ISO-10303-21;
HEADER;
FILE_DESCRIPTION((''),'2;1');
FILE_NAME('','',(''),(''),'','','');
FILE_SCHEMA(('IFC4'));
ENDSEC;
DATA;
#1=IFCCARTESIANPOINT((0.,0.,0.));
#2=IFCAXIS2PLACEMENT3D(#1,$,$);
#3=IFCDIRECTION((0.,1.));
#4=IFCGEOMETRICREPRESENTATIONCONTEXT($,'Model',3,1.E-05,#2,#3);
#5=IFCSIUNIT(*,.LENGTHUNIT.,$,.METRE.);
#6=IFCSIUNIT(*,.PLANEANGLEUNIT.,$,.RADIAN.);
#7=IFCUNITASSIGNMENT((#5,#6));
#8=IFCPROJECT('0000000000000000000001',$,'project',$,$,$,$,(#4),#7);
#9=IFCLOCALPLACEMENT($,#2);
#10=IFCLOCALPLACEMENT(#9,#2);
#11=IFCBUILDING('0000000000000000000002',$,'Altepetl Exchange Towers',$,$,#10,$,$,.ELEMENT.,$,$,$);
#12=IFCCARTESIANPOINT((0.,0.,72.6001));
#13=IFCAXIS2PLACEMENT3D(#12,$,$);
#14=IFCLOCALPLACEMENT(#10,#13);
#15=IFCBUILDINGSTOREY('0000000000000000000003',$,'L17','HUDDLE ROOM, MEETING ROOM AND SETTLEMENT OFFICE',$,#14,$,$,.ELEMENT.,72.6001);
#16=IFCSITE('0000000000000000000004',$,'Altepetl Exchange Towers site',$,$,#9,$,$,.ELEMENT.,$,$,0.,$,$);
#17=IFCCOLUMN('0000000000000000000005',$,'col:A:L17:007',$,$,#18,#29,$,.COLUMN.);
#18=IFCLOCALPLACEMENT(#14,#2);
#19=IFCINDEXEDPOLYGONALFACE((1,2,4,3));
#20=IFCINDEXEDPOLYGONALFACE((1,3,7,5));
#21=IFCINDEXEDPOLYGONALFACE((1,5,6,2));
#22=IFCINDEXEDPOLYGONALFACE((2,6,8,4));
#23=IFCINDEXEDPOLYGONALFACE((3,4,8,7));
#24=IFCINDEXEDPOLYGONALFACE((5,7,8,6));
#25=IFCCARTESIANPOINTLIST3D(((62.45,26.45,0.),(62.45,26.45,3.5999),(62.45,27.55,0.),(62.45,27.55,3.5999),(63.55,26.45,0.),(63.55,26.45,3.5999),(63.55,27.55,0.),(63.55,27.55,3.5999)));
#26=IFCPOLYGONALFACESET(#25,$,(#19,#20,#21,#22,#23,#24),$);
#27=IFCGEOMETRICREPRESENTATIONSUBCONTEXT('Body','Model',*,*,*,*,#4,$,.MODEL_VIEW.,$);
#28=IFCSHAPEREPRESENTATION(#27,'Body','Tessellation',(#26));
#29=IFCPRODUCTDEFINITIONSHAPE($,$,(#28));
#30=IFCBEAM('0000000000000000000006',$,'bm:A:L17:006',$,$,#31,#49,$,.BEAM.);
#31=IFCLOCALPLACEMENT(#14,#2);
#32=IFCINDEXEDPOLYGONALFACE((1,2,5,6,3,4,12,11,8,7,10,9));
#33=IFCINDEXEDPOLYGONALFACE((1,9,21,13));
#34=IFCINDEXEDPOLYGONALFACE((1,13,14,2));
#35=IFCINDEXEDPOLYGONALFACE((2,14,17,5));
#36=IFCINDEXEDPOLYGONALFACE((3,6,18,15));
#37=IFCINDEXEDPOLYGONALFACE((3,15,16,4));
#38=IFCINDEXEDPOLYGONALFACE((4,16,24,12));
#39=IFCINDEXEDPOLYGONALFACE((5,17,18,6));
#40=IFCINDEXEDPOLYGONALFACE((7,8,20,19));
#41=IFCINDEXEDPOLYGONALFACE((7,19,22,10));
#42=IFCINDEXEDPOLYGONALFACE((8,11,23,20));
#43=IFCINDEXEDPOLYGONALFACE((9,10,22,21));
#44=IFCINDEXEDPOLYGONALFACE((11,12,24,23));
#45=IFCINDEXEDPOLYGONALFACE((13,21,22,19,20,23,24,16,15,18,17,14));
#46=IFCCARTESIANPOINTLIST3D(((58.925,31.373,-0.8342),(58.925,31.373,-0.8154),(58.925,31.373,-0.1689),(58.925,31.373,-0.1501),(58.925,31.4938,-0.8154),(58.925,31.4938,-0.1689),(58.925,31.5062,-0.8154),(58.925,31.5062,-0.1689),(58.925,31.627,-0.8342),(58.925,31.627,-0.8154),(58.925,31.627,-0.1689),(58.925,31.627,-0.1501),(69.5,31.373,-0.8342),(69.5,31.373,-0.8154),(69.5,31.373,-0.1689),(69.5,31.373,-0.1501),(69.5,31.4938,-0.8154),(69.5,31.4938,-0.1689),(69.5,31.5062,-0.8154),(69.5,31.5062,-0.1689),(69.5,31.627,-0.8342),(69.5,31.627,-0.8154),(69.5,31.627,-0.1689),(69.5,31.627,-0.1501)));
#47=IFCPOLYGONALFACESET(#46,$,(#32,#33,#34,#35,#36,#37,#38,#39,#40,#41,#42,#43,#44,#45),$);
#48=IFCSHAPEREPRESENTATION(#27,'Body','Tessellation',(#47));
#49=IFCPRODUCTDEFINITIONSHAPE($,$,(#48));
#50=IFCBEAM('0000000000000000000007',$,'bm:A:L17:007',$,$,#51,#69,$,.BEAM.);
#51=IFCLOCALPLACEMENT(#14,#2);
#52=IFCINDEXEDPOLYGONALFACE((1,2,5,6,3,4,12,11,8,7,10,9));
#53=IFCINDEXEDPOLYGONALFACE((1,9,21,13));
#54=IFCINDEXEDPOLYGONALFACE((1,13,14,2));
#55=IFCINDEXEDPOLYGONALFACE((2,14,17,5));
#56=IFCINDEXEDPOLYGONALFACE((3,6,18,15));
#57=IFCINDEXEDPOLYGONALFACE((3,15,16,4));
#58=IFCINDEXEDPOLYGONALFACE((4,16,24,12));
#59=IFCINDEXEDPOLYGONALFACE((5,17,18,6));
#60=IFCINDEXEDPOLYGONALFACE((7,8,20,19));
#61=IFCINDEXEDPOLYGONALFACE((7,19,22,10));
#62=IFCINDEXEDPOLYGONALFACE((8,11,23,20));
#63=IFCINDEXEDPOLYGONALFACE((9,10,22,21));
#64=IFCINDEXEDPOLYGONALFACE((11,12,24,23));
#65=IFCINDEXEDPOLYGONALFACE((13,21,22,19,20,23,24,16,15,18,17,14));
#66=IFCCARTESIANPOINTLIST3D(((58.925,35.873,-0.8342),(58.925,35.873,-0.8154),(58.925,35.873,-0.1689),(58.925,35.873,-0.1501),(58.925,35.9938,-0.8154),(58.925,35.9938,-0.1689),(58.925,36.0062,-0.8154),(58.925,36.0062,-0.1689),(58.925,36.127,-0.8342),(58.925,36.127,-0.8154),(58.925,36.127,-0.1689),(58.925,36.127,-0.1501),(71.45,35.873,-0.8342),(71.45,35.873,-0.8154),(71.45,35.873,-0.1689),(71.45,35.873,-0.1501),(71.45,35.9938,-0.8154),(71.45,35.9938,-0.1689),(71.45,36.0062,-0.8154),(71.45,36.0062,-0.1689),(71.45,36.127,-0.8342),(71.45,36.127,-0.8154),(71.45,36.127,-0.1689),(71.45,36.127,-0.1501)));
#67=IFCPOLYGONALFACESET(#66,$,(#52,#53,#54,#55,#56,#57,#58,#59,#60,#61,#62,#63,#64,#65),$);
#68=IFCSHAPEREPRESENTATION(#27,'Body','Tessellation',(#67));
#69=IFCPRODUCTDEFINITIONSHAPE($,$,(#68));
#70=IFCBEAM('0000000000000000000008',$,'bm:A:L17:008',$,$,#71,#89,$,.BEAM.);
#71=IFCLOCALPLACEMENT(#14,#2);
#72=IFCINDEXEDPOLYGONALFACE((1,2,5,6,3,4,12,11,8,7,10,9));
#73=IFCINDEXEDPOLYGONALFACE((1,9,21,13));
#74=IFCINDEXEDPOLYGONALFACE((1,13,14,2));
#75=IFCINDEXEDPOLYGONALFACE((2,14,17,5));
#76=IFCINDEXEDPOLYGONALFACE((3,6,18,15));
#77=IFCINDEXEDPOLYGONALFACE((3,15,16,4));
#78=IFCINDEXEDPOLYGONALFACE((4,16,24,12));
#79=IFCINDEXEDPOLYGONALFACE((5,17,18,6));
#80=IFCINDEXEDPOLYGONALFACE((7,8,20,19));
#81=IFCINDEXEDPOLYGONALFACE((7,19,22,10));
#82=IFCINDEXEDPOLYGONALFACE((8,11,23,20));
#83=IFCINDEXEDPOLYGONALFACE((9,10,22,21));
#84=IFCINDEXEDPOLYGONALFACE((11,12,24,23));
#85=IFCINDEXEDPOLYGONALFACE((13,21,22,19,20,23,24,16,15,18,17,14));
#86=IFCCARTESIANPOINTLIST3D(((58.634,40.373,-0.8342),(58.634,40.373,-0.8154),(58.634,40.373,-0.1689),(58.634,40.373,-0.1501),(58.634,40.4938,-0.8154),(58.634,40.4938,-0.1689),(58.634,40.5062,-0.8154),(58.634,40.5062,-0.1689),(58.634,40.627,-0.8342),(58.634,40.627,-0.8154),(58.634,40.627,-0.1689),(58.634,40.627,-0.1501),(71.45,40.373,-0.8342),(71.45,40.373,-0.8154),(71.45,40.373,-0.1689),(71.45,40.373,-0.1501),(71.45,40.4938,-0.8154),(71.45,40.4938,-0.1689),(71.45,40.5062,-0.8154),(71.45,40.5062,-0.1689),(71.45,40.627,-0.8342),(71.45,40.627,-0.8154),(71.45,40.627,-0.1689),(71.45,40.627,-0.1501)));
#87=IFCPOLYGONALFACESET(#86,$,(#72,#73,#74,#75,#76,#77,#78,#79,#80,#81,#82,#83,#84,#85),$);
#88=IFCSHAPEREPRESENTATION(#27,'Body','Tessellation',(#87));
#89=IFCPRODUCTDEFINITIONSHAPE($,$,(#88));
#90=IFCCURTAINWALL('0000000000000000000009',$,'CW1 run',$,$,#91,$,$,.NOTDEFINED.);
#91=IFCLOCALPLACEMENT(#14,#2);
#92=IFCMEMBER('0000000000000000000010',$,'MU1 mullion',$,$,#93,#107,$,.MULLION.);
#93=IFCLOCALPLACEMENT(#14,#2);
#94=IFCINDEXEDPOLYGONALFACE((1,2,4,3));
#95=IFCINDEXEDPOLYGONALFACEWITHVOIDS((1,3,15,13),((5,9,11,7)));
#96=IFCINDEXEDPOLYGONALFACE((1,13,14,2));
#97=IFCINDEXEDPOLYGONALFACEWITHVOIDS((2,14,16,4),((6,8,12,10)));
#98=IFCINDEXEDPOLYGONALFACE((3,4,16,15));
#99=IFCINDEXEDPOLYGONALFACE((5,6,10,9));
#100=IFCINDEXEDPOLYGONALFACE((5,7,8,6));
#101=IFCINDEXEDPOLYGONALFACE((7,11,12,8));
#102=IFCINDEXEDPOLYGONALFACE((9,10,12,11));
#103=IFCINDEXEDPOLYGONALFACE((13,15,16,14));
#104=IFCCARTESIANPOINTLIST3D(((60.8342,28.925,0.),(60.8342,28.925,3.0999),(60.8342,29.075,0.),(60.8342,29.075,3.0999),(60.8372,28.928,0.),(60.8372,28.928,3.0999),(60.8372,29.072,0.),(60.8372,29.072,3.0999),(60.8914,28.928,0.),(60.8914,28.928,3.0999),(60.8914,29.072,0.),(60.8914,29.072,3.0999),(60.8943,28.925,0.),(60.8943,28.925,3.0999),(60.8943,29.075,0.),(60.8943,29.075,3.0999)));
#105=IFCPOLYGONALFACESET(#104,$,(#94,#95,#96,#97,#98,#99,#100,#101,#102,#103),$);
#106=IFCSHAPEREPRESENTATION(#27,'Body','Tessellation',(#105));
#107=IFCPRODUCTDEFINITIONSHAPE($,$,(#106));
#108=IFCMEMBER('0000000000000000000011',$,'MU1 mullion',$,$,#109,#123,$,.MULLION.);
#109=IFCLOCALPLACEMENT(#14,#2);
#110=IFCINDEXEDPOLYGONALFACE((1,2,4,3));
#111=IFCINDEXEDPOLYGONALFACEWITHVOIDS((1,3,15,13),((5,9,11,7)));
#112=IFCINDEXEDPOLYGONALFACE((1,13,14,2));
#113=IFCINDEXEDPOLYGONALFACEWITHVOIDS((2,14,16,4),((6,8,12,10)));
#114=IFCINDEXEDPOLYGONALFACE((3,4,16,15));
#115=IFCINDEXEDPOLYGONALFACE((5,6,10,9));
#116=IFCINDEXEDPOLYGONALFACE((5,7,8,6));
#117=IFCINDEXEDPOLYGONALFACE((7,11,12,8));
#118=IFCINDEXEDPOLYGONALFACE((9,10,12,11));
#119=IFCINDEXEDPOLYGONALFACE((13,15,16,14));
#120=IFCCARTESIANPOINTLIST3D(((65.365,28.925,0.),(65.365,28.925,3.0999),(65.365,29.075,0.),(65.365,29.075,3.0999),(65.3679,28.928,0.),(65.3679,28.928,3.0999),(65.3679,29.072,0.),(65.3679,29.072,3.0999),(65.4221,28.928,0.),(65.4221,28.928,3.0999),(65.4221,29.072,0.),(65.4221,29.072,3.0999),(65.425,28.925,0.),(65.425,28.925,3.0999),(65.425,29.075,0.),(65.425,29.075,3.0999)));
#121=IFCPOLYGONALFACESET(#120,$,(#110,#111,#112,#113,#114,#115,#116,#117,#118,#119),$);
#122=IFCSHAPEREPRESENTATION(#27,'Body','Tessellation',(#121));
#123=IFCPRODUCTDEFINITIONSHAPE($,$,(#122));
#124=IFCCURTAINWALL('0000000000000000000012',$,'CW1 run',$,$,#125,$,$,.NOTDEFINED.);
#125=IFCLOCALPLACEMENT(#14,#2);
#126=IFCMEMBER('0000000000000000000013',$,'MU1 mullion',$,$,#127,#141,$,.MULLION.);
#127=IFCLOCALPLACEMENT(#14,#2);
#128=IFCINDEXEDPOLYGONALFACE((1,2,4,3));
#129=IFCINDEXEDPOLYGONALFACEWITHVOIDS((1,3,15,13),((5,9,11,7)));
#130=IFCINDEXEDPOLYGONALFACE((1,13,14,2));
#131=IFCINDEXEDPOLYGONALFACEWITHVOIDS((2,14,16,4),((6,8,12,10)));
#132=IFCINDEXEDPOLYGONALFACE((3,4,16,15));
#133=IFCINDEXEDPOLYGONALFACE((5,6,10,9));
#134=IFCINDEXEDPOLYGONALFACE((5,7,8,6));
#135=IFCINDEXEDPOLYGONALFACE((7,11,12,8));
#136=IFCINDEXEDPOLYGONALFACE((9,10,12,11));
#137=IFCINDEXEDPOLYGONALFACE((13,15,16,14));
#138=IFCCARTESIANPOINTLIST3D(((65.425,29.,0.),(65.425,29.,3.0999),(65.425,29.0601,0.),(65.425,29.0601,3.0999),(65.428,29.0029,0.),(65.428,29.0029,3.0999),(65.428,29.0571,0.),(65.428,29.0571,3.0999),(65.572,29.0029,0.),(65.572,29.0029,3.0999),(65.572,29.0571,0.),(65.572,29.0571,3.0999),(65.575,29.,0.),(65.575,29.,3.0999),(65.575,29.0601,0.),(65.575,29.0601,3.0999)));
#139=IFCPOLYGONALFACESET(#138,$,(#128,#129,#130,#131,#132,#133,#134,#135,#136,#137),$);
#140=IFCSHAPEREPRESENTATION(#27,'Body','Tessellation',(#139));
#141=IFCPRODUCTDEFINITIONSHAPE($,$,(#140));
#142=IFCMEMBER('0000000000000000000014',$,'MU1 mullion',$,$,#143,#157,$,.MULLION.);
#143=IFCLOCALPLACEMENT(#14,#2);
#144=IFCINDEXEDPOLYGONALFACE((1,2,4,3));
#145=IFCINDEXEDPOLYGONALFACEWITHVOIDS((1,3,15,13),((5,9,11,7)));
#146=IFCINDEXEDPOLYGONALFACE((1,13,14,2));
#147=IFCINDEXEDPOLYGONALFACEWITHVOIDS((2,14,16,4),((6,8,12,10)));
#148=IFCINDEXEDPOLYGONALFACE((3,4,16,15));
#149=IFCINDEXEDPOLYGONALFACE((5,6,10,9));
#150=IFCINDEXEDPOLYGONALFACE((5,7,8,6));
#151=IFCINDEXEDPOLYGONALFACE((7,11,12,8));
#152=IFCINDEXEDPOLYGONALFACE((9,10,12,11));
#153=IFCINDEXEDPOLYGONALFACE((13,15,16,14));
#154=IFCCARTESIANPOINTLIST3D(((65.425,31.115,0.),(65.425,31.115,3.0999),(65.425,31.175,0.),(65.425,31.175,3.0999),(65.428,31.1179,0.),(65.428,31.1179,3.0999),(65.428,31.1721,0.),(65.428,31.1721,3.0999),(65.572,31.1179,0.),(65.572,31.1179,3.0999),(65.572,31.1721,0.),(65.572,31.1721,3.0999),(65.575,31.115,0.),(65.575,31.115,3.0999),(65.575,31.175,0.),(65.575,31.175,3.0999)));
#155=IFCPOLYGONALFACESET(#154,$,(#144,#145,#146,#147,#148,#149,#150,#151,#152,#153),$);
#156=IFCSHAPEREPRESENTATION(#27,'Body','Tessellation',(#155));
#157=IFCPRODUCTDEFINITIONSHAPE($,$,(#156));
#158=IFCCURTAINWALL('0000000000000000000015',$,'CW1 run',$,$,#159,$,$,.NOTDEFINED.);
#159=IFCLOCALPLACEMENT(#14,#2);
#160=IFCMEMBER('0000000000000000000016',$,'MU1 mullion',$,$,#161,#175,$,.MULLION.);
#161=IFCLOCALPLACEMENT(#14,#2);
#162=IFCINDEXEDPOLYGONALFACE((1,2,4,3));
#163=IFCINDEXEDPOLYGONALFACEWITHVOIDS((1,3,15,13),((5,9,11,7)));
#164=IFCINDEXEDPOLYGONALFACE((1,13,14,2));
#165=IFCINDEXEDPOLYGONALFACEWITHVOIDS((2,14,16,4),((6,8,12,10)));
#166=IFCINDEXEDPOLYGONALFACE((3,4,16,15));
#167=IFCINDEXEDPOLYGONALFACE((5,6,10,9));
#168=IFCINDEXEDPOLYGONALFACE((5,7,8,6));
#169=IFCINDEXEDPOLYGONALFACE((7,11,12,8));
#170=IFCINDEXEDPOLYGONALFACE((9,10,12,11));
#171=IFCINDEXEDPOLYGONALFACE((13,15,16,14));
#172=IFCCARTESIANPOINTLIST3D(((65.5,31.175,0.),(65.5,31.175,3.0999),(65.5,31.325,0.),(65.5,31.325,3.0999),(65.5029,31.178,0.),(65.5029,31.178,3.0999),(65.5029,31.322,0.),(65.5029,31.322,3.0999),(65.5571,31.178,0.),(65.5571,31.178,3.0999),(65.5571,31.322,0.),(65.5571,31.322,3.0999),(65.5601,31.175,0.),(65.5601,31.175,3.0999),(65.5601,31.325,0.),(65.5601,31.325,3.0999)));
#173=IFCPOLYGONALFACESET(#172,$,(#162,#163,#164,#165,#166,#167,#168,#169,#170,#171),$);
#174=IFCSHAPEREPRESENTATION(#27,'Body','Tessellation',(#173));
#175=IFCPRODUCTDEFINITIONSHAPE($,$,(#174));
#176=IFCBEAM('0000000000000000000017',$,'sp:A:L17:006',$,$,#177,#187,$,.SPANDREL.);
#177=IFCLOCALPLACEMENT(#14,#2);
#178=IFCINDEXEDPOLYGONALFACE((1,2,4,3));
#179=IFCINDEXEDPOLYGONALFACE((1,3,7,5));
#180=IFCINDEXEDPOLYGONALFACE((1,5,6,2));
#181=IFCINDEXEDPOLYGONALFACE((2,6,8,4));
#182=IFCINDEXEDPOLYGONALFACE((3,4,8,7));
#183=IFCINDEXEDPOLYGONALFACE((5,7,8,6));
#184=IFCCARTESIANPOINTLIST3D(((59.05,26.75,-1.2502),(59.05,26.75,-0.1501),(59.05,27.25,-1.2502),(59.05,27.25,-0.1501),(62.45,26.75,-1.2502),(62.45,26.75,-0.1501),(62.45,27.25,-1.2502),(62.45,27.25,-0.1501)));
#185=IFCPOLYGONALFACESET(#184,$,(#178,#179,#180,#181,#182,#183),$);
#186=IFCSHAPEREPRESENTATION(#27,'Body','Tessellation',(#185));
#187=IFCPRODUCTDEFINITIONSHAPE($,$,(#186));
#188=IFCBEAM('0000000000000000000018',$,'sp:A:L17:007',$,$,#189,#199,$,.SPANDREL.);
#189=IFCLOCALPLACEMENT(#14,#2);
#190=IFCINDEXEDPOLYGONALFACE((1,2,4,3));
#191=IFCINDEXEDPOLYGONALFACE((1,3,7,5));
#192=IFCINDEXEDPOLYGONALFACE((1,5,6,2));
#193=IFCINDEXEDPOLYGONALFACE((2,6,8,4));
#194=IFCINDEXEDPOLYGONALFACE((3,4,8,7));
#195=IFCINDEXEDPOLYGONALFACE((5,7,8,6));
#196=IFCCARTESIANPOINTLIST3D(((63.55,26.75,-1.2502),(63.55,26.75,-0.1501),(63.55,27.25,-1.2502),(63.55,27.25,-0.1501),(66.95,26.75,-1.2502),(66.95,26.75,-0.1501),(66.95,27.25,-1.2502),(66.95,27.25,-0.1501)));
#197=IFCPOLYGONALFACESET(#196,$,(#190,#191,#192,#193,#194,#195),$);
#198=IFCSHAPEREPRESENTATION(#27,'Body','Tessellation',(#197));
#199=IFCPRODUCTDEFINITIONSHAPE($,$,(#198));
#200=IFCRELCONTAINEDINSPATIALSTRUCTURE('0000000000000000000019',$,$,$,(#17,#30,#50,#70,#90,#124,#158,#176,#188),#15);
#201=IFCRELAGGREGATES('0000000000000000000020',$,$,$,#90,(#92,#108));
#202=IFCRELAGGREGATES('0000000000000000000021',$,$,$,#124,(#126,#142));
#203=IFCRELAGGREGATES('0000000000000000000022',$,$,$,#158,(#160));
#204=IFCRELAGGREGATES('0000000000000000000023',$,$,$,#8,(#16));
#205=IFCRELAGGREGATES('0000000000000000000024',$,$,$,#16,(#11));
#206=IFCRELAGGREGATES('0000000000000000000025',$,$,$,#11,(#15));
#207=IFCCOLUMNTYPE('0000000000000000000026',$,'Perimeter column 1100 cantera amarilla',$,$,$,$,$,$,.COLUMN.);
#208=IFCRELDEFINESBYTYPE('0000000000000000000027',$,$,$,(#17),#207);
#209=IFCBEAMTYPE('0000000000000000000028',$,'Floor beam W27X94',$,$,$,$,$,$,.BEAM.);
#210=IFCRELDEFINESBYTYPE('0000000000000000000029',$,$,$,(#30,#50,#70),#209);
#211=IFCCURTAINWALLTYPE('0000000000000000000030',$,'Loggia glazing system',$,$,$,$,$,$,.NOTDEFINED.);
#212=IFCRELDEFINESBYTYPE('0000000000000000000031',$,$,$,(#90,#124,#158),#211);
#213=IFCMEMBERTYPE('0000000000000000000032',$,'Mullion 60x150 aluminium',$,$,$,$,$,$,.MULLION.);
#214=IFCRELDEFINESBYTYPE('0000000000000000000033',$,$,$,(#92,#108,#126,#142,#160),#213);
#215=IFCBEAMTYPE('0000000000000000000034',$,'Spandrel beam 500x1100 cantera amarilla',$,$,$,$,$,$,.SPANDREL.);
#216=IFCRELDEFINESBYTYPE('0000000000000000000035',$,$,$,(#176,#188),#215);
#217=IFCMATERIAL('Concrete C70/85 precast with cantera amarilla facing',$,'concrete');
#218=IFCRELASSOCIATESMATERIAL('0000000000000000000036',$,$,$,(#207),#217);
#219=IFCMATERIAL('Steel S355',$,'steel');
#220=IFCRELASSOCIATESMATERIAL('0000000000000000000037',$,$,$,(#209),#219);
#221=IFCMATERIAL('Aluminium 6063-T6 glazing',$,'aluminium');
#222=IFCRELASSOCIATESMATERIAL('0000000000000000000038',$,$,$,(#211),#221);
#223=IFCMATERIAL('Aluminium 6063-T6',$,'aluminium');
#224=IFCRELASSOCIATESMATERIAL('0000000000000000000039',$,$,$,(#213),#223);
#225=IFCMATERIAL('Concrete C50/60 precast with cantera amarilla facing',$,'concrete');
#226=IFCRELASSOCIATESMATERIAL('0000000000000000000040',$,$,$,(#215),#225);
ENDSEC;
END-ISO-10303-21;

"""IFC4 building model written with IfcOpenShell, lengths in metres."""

from ifc_helpers import new_model, si_unit, direction, frame, origin, origin_2d, place, context, subcontext, project, spatial, rectangle, hollow_rectangle, i_section, extrude, material, material_profile, profile_set, type_object, element, aggregate, save


model = new_model("IFC4")

# Units and contexts
model_context = context("Model", 3, precision=1e-05, world=origin(), true_north=direction((0.0, 1.0)))
body_context = subcontext(model_context, "Body", "Model", "MODEL_VIEW")
ifc_project = project(units=[si_unit("LENGTHUNIT", "METRE"), si_unit("PLANEANGLEUNIT", "RADIAN")], contexts=[model_context])

# Site, building, storey
site_placement = place(None, origin())
site = spatial("IfcSite", under=ifc_project, at=site_placement, Name="Altepetl Exchange Towers site", CompositionType="ELEMENT", RefElevation=0.0)
building_placement = place(site_placement, origin())
building = spatial("IfcBuilding", under=site, at=building_placement, Name="Altepetl Exchange Towers", CompositionType="ELEMENT")
storey_placement = place(building_placement, frame((0.0, 0.0, 72.6001)))
storey = spatial("IfcBuildingStorey", under=building, at=storey_placement, Name="L17", Description="HUDDLE ROOM, MEETING ROOM AND SETTLEMENT OFFICE", CompositionType="ELEMENT", Elevation=72.6001)

# Column
ifc_material_1 = material(Name="Concrete C70/85 precast with cantera amarilla facing", Category="concrete")
ifc_material_profile_1 = material_profile(ifc_material_1, rectangle(XDim=1.1001, YDim=1.1001, at=origin_2d()), Name="1100 x 1100")
ifc_profile_set_1 = profile_set([ifc_material_profile_1], Name="Concrete C70/85 precast with cantera amarilla facing")
column_type = type_object("IfcColumnType", Name="Perimeter column 1100 cantera amarilla", PredefinedType="COLUMN", material=ifc_profile_set_1)
column_placement = place(storey_placement, frame((63.0, 27.0, 0.0)))
element("IfcColumn", 1, at=column_placement, inside=storey, type_object=column_type, Name="col:A:L17:007", PredefinedType="COLUMN", context=body_context, shape_type="SweptSolid", body=[
    extrude(rectangle(XDim=1.1001, YDim=1.1001, at=origin_2d()), origin(), (0.0, 0.0, 1.0), 3.5999),
])

# Beams
ifc_material_2 = material(Name="Steel S355", Category="steel")
ifc_material_profile_2 = material_profile(ifc_material_2, i_section(OverallWidth=0.2539, OverallDepth=0.6841, WebThickness=0.0125, FlangeThickness=0.0188, at=origin_2d()), Name="W27X94")
ifc_profile_set_2 = profile_set([ifc_material_profile_2], Name="Steel S355")
beam_type_1 = type_object("IfcBeamType", Name="Floor beam W27X94", PredefinedType="BEAM", material=ifc_profile_set_2)
beam_1_placement = place(storey_placement, frame((58.925, 31.5, -0.4922), z_axis=(1.0, 0.0, 0.0), x_axis=(0.0, 1.0, 0.0)))
element("IfcBeam", 2, at=beam_1_placement, inside=storey, type_object=beam_type_1, Name="bm:A:L17:006", PredefinedType="BEAM", context=body_context, shape_type="SweptSolid", body=[
    extrude(i_section(OverallWidth=0.2539, OverallDepth=0.6841, WebThickness=0.0125, FlangeThickness=0.0188, at=origin_2d()), origin(), (0.0, 0.0, 1.0), 10.575),
])
beam_2_placement = place(storey_placement, frame((58.925, 36.0, -0.4922), z_axis=(1.0, 0.0, 0.0), x_axis=(0.0, 1.0, 0.0)))
element("IfcBeam", 3, at=beam_2_placement, inside=storey, type_object=beam_type_1, Name="bm:A:L17:007", PredefinedType="BEAM", context=body_context, shape_type="SweptSolid", body=[
    extrude(i_section(OverallWidth=0.2539, OverallDepth=0.6841, WebThickness=0.0125, FlangeThickness=0.0188, at=origin_2d()), origin(), (0.0, 0.0, 1.0), 12.5249),
])
beam_3_placement = place(storey_placement, frame((58.634, 40.5, -0.4922), z_axis=(1.0, 0.0, 0.0), x_axis=(0.0, 1.0, 0.0)))
element("IfcBeam", 4, at=beam_3_placement, inside=storey, type_object=beam_type_1, Name="bm:A:L17:008", PredefinedType="BEAM", context=body_context, shape_type="SweptSolid", body=[
    extrude(i_section(OverallWidth=0.2539, OverallDepth=0.6841, WebThickness=0.0125, FlangeThickness=0.0188, at=origin_2d()), origin(), (0.0, 0.0, 1.0), 12.8159),
])

# Curtain walls, members
ifc_material_3 = material(Name="Aluminium 6063-T6 glazing", Category="aluminium")
curtain_wall_type = type_object("IfcCurtainWallType", Name="Loggia glazing system", PredefinedType="NOTDEFINED", material=ifc_material_3)
curtain_wall_1_placement = place(storey_placement, origin())
curtain_wall_1 = element("IfcCurtainWall", 5, at=curtain_wall_1_placement, inside=storey, type_object=curtain_wall_type, Name="CW1 run", PredefinedType="NOTDEFINED")
ifc_material_4 = material(Name="Aluminium 6063-T6", Category="aluminium")
ifc_material_profile_3 = material_profile(ifc_material_4, hollow_rectangle(XDim=0.0601, YDim=0.1499, WallThickness=0.0029, at=origin_2d()), Name="Mullion 60x150 aluminium")
ifc_profile_set_3 = profile_set([ifc_material_profile_3], Name="Aluminium 6063-T6")
member_type = type_object("IfcMemberType", Name="Mullion 60x150 aluminium", PredefinedType="MULLION", material=ifc_profile_set_3)
member_1_placement = place(storey_placement, frame((60.8643, 29.0, 0.0)))
member_1 = element("IfcMember", 6, at=member_1_placement, type_object=member_type, Name="MU1 mullion", PredefinedType="MULLION", context=body_context, shape_type="SweptSolid", body=[
    extrude(hollow_rectangle(XDim=0.0601, YDim=0.1499, WallThickness=0.0029, at=origin_2d()), origin(), (0.0, 0.0, 1.0), 3.0999),
])
member_2_placement = place(storey_placement, frame((65.395, 29.0, 0.0)))
member_2 = element("IfcMember", 7, at=member_2_placement, type_object=member_type, Name="MU1 mullion", PredefinedType="MULLION", context=body_context, shape_type="SweptSolid", body=[
    extrude(hollow_rectangle(XDim=0.0601, YDim=0.1499, WallThickness=0.0029, at=origin_2d()), origin(), (0.0, 0.0, 1.0), 3.0999),
])
curtain_wall_2_placement = place(storey_placement, origin())
curtain_wall_2 = element("IfcCurtainWall", 8, at=curtain_wall_2_placement, inside=storey, type_object=curtain_wall_type, Name="CW1 run", PredefinedType="NOTDEFINED")
member_3_placement = place(storey_placement, frame((65.5, 29.03, 0.0), z_axis=(0.0, 0.0, 1.0), x_axis=(0.0, 1.0, 0.0)))
member_3 = element("IfcMember", 9, at=member_3_placement, type_object=member_type, Name="MU1 mullion", PredefinedType="MULLION", context=body_context, shape_type="SweptSolid", body=[
    extrude(hollow_rectangle(XDim=0.0601, YDim=0.1499, WallThickness=0.0029, at=origin_2d()), origin(), (0.0, 0.0, 1.0), 3.0999),
])
member_4_placement = place(storey_placement, frame((65.5, 31.145, 0.0), z_axis=(0.0, 0.0, 1.0), x_axis=(0.0, 1.0, 0.0)))
member_4 = element("IfcMember", 10, at=member_4_placement, type_object=member_type, Name="MU1 mullion", PredefinedType="MULLION", context=body_context, shape_type="SweptSolid", body=[
    extrude(hollow_rectangle(XDim=0.0601, YDim=0.1499, WallThickness=0.0029, at=origin_2d()), origin(), (0.0, 0.0, 1.0), 3.0999),
])

# Curtain wall, member
curtain_wall_3_placement = place(storey_placement, origin())
curtain_wall_3 = element("IfcCurtainWall", 11, at=curtain_wall_3_placement, inside=storey, type_object=curtain_wall_type, Name="CW1 run", PredefinedType="NOTDEFINED")
member_5_placement = place(storey_placement, frame((65.53, 31.25, 0.0)))
member_5 = element("IfcMember", 12, at=member_5_placement, type_object=member_type, Name="MU1 mullion", PredefinedType="MULLION", context=body_context, shape_type="SweptSolid", body=[
    extrude(hollow_rectangle(XDim=0.0601, YDim=0.1499, WallThickness=0.0029, at=origin_2d()), origin(), (0.0, 0.0, 1.0), 3.0999),
])

# Beams
ifc_material_5 = material(Name="Concrete C50/60 precast with cantera amarilla facing", Category="concrete")
ifc_material_profile_4 = material_profile(ifc_material_5, rectangle(XDim=0.5, YDim=1.1001, at=origin_2d()), Name="500 x 1100")
ifc_profile_set_4 = profile_set([ifc_material_profile_4], Name="Concrete C50/60 precast with cantera amarilla facing")
beam_type_2 = type_object("IfcBeamType", Name="Spandrel beam 500x1100 cantera amarilla", PredefinedType="SPANDREL", material=ifc_profile_set_4)
for number, where, z_axis, x_axis, name in (
    (13, (59.05, 27.0, -0.7002), (1.0, 0.0, 0.0), (0.0, 1.0, 0.0), "sp:A:L17:006"),
    (14, (63.55, 27.0, -0.7002), (1.0, 0.0, 0.0), (0.0, 1.0, 0.0), "sp:A:L17:007"),
):
    element("IfcBeam", number, at=place(storey_placement, frame(where, z_axis=z_axis, x_axis=x_axis)), inside=storey, type_object=beam_type_2, Name=name, PredefinedType="SPANDREL", context=body_context, shape_type="SweptSolid", body=[
        extrude(rectangle(XDim=0.5, YDim=1.1001, at=origin_2d()), origin(), (0.0, 0.0, 1.0), 3.3999),
    ])

aggregate(curtain_wall_1, [member_1, member_2])
aggregate(curtain_wall_2, [member_3, member_4])
aggregate(curtain_wall_3, [member_5])

save(model, "model.ifc")
